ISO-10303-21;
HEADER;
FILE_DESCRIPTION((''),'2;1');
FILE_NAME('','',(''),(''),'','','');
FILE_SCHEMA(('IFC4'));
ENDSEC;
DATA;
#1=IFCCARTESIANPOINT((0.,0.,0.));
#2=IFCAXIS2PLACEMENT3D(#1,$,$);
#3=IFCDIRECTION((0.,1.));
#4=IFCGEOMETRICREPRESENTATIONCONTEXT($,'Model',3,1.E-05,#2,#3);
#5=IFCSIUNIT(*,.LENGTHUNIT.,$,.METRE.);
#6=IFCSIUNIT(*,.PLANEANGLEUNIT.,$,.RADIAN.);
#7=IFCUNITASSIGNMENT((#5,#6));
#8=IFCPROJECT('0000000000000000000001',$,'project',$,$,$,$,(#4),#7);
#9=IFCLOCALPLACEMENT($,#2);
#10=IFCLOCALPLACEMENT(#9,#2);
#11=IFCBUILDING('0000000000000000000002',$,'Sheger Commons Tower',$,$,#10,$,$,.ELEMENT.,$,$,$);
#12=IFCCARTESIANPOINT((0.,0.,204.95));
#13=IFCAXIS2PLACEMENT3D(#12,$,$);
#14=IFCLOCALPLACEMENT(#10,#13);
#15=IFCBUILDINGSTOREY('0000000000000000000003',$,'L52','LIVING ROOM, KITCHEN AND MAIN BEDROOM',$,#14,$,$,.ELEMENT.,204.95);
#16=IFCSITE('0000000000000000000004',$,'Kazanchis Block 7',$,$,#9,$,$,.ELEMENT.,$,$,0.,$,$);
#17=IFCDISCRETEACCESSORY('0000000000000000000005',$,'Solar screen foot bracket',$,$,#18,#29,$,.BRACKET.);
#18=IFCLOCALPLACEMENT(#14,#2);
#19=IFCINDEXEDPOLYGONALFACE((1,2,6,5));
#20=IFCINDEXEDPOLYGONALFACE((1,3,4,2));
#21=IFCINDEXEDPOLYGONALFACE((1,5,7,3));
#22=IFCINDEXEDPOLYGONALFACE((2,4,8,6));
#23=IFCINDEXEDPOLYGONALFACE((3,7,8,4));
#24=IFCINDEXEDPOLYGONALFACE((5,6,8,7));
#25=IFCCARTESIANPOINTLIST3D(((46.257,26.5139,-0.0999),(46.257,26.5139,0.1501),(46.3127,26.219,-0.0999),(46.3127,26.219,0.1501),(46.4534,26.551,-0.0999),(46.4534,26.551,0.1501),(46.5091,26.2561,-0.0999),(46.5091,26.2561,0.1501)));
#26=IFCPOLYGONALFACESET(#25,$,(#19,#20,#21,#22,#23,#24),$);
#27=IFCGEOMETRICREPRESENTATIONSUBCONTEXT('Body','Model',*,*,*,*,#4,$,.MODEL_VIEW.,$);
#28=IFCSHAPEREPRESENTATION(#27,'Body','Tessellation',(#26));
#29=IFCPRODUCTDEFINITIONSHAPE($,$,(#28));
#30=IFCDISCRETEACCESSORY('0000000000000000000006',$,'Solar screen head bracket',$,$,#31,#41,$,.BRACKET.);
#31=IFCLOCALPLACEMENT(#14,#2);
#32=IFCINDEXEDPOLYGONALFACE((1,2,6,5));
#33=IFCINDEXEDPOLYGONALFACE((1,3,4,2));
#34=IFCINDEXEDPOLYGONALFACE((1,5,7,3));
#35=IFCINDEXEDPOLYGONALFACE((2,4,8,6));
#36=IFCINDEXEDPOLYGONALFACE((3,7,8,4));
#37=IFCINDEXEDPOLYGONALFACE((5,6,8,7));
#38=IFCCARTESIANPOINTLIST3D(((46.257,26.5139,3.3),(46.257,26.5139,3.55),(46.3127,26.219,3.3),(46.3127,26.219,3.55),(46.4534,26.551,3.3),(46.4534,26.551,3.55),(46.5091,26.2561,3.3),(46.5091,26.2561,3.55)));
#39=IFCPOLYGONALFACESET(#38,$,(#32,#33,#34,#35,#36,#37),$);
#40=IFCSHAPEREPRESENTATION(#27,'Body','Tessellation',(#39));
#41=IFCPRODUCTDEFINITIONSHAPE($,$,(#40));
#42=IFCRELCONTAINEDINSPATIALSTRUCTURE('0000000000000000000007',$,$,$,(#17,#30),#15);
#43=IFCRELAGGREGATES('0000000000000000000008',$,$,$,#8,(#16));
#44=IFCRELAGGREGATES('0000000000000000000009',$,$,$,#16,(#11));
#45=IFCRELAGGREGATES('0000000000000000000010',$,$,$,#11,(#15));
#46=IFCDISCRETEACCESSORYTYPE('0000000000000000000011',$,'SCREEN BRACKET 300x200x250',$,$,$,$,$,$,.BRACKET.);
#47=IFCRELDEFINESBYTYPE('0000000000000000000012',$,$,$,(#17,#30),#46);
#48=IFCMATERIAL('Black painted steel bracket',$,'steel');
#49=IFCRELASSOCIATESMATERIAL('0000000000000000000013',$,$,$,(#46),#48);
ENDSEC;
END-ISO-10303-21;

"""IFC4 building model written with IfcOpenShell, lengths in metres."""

from ifc_helpers import new_model, si_unit, direction, frame, origin, origin_2d, place, context, subcontext, project, spatial, rectangle, extrude, material, type_object, element, save


model = new_model("IFC4")

# Units and contexts
model_context = context("Model", 3, precision=1e-05, world=origin(), true_north=direction((0.0, 1.0)))
body_context = subcontext(model_context, "Body", "Model", "MODEL_VIEW")
ifc_project = project(units=[si_unit("LENGTHUNIT", "METRE"), si_unit("PLANEANGLEUNIT", "RADIAN")], contexts=[model_context])

# Site, building, storey
site_placement = place(None, origin())
site = spatial("IfcSite", under=ifc_project, at=site_placement, Name="Kazanchis Block 7", CompositionType="ELEMENT", RefElevation=0.0)
building_placement = place(site_placement, origin())
building = spatial("IfcBuilding", under=site, at=building_placement, Name="Sheger Commons Tower", CompositionType="ELEMENT")
storey_placement = place(building_placement, frame((0.0, 0.0, 204.95)))
storey = spatial("IfcBuildingStorey", under=building, at=storey_placement, Name="L52", Description="LIVING ROOM, KITCHEN AND MAIN BEDROOM", CompositionType="ELEMENT", Elevation=204.95)

# Discrete accessories
ifc_material_1 = material(Name="Black painted steel bracket", Category="steel")
discrete_accessory_type = type_object("IfcDiscreteAccessoryType", Name="SCREEN BRACKET 300x200x250", PredefinedType="BRACKET", material=ifc_material_1)
for number, where, z_axis, x_axis, name in (
    (1, (46.3831, 26.385, -0.0999), (0.0, 0.0, 1.0), (-0.185615, 0.982623, 0.0), "Solar screen foot bracket"),
    (2, (46.3831, 26.385, 3.3), (0.0, 0.0, 1.0), (-0.185615, 0.982623, 0.0), "Solar screen head bracket"),
):
    element("IfcDiscreteAccessory", number, at=place(storey_placement, frame(where, z_axis=z_axis, x_axis=x_axis)), inside=storey, type_object=discrete_accessory_type, Name=name, PredefinedType="BRACKET", context=body_context, shape_type="SweptSolid", body=[
        extrude(rectangle(XDim=0.3, YDim=0.2, at=origin_2d()), origin(), (0.0, 0.0, 1.0), 0.25),
    ])

save(model, "model.ifc")
